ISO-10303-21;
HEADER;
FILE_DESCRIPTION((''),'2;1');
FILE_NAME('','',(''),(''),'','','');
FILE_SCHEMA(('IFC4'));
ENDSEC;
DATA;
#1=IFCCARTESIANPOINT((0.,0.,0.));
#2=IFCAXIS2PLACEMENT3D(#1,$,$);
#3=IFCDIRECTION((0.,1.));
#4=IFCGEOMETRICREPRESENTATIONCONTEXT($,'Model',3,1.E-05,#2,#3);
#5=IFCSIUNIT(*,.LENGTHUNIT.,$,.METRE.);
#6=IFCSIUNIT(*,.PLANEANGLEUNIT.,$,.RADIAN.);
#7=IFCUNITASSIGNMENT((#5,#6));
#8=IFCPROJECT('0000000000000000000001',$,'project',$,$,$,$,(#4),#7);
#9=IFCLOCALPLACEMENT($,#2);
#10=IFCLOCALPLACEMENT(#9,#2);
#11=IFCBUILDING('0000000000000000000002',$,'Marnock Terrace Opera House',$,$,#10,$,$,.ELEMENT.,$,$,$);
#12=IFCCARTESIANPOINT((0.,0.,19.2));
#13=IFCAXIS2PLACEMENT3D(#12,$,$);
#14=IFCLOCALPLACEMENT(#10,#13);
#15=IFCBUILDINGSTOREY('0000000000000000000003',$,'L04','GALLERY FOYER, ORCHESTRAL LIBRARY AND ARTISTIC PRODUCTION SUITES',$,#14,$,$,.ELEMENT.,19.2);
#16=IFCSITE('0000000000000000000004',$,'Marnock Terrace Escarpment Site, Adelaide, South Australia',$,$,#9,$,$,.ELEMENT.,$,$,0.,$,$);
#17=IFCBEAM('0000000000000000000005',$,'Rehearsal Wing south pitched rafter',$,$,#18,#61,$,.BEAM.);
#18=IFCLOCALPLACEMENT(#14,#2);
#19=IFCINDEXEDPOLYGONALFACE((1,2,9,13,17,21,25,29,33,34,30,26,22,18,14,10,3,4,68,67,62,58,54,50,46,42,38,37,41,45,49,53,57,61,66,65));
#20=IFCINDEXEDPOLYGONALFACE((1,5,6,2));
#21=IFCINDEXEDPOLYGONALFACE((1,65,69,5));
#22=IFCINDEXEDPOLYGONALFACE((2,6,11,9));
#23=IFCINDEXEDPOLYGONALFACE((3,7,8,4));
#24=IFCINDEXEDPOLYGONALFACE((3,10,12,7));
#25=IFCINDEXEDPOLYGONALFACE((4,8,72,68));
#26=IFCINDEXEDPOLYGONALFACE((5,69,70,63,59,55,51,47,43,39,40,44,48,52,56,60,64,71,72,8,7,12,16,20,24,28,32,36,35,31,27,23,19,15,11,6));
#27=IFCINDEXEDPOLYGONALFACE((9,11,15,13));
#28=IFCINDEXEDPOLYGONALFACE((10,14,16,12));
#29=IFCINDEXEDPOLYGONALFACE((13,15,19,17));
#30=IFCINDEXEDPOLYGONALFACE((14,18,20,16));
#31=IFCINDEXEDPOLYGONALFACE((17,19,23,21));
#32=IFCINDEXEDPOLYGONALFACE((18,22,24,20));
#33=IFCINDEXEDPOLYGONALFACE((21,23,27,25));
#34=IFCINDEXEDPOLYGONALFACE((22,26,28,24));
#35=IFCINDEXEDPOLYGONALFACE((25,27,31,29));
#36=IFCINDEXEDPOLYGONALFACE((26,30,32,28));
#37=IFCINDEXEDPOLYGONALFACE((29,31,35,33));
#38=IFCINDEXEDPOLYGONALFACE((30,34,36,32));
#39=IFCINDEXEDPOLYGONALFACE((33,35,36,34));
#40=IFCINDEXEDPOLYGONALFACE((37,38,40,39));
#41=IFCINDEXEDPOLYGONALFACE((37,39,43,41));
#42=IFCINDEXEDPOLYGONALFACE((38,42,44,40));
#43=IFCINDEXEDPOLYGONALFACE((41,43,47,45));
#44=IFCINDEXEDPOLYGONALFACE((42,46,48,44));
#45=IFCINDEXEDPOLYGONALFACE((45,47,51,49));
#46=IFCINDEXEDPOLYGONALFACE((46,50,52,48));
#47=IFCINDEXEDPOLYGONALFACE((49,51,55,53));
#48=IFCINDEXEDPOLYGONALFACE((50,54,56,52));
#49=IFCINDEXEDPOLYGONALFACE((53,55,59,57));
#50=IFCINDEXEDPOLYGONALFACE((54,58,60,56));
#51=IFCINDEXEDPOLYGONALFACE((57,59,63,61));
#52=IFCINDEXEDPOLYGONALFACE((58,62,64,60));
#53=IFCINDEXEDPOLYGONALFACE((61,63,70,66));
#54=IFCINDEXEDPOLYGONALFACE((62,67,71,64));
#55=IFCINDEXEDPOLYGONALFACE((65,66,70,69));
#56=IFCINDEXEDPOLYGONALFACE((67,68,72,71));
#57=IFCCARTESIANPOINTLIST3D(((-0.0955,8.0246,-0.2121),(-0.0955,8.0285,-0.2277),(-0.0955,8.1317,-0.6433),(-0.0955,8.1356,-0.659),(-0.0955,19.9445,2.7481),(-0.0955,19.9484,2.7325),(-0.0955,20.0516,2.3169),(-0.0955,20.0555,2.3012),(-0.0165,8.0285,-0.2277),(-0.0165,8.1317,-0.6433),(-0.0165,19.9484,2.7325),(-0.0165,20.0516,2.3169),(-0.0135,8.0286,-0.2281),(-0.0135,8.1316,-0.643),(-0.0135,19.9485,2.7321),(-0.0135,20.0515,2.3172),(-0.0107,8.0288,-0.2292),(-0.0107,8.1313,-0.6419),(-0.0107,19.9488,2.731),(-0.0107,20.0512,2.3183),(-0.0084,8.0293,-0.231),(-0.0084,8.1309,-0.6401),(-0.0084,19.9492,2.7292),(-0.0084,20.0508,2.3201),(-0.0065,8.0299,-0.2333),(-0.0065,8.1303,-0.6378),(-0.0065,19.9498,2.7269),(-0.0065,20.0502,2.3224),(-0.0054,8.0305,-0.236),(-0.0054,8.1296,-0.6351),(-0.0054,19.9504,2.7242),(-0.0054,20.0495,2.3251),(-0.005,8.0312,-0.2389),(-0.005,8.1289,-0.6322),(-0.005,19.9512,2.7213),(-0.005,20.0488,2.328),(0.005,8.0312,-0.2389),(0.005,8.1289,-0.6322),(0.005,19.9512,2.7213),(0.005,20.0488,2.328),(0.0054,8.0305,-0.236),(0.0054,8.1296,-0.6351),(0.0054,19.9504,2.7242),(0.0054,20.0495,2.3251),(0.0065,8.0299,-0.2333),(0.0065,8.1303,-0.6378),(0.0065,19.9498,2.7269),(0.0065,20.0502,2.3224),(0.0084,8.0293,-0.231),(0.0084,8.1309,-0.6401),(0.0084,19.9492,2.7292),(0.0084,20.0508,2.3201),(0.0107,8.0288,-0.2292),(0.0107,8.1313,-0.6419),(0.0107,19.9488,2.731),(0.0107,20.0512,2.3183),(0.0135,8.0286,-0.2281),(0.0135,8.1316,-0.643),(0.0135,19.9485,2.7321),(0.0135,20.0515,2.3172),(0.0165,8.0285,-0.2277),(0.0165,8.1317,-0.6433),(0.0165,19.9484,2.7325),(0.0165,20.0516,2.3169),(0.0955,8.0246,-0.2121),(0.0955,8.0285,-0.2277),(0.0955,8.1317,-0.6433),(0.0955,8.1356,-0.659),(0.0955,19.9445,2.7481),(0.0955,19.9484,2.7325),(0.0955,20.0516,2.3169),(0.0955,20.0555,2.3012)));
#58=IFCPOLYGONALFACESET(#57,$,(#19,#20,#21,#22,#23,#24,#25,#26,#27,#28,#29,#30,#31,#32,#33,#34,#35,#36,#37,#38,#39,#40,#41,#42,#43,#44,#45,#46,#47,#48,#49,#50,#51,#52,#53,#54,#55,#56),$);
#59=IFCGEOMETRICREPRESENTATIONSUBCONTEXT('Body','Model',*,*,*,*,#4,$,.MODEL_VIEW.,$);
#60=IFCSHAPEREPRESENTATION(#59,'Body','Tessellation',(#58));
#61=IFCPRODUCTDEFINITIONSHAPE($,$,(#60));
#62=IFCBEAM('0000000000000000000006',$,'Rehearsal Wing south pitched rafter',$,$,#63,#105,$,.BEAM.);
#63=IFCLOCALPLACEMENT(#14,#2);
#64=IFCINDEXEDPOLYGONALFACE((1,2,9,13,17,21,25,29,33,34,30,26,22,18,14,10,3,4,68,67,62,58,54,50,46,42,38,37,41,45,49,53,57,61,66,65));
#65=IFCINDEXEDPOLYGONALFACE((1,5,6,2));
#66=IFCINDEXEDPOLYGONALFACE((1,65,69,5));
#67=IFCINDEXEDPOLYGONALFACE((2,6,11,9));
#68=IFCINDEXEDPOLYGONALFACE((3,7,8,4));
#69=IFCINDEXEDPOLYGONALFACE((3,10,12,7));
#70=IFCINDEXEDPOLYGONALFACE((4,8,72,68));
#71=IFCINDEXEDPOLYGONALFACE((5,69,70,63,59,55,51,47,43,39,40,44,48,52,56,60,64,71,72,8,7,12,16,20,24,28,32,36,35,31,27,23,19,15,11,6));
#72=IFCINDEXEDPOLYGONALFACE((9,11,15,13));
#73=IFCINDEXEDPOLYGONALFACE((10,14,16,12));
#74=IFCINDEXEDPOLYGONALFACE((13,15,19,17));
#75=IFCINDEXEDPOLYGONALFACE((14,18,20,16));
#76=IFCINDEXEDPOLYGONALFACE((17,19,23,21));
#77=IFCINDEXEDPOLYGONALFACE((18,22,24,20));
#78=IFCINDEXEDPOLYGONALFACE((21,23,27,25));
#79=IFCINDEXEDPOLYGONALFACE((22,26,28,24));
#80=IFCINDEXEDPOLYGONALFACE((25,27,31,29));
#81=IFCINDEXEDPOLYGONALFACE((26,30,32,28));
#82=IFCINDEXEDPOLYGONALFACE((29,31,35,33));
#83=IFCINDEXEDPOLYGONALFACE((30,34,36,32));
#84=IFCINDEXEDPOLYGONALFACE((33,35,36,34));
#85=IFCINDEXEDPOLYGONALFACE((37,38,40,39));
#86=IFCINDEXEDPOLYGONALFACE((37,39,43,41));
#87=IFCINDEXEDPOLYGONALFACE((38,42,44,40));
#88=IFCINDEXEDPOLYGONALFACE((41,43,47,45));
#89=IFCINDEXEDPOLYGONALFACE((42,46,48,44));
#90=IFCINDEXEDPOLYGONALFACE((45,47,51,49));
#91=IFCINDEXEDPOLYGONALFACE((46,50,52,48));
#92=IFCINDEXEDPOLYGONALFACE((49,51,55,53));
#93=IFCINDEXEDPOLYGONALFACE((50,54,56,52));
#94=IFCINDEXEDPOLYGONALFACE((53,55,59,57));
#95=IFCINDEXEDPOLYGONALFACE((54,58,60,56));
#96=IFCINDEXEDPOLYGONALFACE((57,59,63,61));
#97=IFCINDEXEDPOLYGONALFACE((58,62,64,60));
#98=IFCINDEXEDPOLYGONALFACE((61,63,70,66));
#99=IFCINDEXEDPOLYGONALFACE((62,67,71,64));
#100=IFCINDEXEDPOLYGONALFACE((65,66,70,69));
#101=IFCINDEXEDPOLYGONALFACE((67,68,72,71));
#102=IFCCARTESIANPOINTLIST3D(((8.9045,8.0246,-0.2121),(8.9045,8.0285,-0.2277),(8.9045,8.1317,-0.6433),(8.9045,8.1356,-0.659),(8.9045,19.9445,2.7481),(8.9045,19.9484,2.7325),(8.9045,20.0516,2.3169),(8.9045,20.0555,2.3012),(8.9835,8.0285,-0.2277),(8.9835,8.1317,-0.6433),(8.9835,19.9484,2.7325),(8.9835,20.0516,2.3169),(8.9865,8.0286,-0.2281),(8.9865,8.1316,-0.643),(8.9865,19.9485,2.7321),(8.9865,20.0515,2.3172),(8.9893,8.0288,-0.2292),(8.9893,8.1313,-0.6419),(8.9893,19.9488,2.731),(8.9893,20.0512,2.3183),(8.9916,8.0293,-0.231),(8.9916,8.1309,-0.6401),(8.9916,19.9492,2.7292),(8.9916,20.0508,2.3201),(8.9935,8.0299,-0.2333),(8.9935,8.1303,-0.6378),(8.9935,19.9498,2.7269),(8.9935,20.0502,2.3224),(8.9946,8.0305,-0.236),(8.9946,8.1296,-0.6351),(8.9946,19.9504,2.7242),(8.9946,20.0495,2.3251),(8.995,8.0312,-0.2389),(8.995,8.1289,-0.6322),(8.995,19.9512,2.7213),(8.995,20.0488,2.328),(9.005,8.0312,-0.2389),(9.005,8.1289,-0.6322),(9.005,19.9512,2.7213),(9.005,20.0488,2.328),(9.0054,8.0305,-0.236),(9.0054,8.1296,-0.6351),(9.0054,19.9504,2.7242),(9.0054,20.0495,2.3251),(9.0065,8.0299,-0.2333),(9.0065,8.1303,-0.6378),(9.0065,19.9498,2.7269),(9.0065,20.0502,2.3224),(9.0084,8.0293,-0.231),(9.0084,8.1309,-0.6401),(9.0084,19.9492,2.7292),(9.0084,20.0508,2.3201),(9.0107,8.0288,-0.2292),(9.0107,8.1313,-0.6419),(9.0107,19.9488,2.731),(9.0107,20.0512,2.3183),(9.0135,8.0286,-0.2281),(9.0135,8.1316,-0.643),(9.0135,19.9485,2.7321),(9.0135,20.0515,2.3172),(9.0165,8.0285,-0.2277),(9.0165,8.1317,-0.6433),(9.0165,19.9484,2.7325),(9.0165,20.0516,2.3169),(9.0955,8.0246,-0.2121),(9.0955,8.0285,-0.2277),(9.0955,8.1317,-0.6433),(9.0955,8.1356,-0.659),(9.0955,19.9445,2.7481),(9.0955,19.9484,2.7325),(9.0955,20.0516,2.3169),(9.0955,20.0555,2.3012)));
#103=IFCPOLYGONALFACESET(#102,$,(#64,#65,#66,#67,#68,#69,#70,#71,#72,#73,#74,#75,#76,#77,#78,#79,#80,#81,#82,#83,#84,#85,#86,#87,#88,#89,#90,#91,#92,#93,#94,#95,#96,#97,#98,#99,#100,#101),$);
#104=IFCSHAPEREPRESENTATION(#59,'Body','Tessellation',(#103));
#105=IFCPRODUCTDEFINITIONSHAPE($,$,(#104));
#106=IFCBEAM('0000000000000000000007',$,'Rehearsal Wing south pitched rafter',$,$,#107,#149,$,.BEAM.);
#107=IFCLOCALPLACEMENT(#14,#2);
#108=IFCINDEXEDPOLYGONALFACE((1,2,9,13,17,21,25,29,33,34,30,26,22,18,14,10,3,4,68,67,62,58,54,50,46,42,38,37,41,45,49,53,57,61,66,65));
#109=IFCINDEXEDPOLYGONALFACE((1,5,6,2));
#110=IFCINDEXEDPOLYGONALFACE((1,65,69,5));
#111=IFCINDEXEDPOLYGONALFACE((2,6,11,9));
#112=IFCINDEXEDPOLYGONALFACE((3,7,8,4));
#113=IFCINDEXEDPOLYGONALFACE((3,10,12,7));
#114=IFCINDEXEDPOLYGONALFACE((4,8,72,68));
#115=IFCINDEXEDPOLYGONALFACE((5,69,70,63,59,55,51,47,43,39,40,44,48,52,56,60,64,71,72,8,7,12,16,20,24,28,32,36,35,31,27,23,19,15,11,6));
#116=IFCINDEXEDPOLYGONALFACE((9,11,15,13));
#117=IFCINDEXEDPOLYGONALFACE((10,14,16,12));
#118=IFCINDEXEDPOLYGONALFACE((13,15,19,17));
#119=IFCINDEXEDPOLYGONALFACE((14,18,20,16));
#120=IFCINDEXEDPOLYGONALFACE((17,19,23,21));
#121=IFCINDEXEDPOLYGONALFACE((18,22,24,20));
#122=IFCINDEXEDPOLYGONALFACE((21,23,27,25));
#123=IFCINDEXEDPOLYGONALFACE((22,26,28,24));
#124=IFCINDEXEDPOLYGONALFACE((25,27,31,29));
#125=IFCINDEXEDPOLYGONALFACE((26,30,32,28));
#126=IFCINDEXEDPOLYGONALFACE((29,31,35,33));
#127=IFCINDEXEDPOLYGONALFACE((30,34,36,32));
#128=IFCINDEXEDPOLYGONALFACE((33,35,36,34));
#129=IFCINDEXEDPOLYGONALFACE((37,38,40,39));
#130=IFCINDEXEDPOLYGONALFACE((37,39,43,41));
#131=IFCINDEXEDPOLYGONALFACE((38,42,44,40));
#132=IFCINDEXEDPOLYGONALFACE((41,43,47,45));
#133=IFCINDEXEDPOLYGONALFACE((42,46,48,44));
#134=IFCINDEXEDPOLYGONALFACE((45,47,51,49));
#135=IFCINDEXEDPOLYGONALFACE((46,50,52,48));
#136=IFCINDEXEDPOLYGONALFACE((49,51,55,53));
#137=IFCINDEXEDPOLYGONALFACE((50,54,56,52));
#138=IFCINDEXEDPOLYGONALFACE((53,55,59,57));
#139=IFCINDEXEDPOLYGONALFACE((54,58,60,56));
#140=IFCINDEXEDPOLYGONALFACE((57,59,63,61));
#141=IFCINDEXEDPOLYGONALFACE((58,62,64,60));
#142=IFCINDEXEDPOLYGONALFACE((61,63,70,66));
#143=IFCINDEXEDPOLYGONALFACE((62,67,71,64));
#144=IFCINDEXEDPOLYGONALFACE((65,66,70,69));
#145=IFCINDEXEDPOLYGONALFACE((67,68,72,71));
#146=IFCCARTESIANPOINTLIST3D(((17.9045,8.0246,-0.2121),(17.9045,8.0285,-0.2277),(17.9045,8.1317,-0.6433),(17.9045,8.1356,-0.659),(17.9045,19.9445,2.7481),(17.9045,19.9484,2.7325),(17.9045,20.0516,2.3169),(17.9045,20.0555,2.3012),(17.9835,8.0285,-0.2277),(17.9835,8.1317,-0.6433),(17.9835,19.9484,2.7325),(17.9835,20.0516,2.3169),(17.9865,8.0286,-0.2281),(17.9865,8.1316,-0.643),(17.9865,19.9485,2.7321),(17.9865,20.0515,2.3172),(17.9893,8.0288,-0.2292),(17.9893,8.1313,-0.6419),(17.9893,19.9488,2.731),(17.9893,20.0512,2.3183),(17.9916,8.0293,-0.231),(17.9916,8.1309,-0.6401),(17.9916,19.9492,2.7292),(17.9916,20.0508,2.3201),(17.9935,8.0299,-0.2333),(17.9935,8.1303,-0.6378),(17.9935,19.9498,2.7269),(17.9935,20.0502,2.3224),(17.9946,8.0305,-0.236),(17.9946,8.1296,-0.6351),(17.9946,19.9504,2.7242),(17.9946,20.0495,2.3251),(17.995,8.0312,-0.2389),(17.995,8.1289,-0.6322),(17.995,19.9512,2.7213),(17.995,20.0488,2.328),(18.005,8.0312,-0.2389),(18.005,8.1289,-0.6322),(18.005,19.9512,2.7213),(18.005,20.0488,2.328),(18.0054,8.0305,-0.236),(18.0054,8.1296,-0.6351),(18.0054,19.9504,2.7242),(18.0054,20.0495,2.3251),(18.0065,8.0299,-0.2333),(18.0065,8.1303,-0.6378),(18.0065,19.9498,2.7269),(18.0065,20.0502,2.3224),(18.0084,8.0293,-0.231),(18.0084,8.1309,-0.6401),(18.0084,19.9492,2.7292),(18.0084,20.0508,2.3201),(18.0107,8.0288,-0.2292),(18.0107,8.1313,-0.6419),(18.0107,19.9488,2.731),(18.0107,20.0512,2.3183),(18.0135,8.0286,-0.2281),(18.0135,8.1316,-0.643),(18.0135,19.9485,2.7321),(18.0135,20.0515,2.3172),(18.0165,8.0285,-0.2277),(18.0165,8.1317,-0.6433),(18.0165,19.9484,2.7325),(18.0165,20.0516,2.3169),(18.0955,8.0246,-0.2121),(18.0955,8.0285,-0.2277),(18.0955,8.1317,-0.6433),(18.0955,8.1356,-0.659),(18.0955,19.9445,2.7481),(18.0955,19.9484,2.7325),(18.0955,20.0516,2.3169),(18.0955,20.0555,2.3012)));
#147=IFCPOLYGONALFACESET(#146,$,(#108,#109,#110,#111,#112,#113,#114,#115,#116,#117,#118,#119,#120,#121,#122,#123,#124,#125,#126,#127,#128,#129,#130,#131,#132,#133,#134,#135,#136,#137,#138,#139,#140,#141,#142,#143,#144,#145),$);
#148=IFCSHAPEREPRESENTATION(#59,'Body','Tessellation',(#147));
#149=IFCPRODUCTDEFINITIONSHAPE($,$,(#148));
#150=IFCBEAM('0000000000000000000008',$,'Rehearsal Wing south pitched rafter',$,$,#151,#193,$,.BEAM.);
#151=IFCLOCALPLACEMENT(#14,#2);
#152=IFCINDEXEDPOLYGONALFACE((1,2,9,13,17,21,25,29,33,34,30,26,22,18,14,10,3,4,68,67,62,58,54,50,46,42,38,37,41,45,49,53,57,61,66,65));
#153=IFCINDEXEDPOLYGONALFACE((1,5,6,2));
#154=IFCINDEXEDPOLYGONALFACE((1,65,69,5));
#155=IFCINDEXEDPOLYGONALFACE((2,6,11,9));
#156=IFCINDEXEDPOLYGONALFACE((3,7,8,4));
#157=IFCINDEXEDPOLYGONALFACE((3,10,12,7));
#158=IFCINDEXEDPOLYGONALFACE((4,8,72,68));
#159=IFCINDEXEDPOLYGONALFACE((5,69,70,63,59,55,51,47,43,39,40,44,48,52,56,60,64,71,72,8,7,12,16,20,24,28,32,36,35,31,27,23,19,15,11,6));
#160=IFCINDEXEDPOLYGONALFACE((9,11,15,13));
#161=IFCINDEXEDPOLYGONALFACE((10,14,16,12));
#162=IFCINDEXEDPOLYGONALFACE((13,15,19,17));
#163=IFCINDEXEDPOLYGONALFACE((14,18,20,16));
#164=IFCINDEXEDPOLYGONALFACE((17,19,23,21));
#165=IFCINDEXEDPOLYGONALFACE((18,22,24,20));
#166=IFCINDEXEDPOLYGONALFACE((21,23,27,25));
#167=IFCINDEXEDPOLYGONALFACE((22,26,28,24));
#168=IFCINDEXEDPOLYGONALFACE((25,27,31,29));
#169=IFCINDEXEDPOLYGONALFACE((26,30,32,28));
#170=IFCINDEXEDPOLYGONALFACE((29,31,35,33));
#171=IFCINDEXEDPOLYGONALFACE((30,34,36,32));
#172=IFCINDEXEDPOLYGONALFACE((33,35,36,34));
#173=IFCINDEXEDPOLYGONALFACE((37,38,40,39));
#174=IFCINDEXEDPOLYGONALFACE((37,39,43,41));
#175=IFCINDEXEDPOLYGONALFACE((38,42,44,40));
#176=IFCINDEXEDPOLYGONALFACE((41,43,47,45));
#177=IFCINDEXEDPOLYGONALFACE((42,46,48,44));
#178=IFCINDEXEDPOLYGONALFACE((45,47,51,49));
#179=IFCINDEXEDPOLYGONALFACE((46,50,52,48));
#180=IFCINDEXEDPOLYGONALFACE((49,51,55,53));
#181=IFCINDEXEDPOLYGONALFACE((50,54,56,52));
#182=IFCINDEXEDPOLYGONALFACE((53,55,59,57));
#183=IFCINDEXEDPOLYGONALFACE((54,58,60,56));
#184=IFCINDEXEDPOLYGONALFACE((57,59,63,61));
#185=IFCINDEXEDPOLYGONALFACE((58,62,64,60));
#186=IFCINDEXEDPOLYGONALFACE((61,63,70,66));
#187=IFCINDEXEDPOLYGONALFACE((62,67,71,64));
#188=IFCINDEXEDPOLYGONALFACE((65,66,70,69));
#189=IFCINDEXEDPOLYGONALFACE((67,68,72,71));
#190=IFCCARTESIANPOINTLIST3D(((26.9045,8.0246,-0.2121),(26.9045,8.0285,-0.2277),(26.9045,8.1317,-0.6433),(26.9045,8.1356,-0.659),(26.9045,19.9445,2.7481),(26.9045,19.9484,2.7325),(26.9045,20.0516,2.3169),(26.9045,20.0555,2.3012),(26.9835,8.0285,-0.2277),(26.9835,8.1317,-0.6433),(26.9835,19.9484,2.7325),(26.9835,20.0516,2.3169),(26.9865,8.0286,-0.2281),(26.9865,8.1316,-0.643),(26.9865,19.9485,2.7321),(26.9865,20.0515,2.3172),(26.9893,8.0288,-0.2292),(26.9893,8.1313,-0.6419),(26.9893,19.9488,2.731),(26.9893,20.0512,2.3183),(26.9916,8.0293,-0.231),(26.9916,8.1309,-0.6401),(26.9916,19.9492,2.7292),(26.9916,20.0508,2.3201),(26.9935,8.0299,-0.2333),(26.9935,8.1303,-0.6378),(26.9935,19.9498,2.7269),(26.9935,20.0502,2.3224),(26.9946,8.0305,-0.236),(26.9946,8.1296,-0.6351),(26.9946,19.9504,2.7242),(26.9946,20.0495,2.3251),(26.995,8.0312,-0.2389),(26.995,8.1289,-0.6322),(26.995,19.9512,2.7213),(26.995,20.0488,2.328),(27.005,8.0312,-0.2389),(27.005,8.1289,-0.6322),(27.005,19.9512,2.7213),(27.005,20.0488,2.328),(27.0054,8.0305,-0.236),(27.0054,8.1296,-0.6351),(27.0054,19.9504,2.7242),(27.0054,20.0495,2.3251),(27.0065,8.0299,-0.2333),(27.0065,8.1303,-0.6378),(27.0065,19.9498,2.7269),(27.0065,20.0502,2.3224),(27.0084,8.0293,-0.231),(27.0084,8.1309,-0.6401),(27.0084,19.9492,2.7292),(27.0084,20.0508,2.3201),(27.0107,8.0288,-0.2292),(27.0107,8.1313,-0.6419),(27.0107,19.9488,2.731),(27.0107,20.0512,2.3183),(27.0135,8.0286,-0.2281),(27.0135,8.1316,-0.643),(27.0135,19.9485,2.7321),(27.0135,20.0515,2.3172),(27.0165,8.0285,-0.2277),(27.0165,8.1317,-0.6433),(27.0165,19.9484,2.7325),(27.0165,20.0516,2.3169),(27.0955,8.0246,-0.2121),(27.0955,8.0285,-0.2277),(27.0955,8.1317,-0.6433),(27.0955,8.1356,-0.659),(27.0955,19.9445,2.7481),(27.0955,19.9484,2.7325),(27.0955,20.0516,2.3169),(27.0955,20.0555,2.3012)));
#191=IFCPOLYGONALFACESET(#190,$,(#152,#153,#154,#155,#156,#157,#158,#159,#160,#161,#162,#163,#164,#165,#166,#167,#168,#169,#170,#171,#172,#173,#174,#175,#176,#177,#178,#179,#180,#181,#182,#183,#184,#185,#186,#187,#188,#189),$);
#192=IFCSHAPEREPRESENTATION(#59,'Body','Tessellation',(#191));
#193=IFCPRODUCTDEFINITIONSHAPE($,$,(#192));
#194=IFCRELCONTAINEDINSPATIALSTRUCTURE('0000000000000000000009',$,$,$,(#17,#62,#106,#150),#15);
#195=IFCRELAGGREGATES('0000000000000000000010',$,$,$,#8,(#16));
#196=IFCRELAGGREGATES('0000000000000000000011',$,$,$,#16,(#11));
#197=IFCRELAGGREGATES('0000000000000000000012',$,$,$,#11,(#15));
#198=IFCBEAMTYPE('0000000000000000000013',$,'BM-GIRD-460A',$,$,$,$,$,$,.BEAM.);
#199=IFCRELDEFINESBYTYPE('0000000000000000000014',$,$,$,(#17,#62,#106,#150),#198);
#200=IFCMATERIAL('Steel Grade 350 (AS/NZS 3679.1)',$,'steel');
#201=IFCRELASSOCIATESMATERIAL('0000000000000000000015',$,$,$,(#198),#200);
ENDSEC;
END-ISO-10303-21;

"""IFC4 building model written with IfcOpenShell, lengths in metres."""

from ifc_helpers import new_model, si_unit, direction, frame, origin, origin_2d, place, context, subcontext, project, spatial, i_section, extrude, material, material_profile, profile_set, type_object, element, save


model = new_model("IFC4")

# Units and contexts
model_context = context("Model", 3, precision=1e-05, world=origin(), true_north=direction((0.0, 1.0)))
body_context = subcontext(model_context, "Body", "Model", "MODEL_VIEW")
ifc_project = project(units=[si_unit("LENGTHUNIT", "METRE"), si_unit("PLANEANGLEUNIT", "RADIAN")], contexts=[model_context])

# Site, building, storey
site_placement = place(None, origin())
site = spatial("IfcSite", under=ifc_project, at=site_placement, Name="Marnock Terrace Escarpment Site, Adelaide, South Australia", CompositionType="ELEMENT", RefElevation=0.0)
building_placement = place(site_placement, origin())
building = spatial("IfcBuilding", under=site, at=building_placement, Name="Marnock Terrace Opera House", CompositionType="ELEMENT")
storey_placement = place(building_placement, frame((0.0, 0.0, 19.2)))
storey = spatial("IfcBuildingStorey", under=building, at=storey_placement, Name="L04", Description="GALLERY FOYER, ORCHESTRAL LIBRARY AND ARTISTIC PRODUCTION SUITES", CompositionType="ELEMENT", Elevation=19.2)

# Beams
ifc_material_1 = material(Name="Steel Grade 350 (AS/NZS 3679.1)", Category="steel")
ifc_material_profile_1 = material_profile(ifc_material_1, i_section(OverallWidth=0.1909, OverallDepth=0.4604, WebThickness=0.01, FlangeThickness=0.0161, FilletRadius=0.0115, at=origin_2d()))
ifc_profile_set_1 = profile_set([ifc_material_profile_1], Name="Steel Grade 350 (AS/NZS 3679.1)")
beam_type = type_object("IfcBeamType", Name="BM-GIRD-460A", PredefinedType="BEAM", material=ifc_profile_set_1)
for number, where, z_axis, x_axis, name in (
    (1, (0.0, 8.0801, -0.4355), (0.0, 0.97052, 0.24102), (-1.0, 0.0, 0.0), "Rehearsal Wing south pitched rafter"),
    (2, (9.0, 8.0801, -0.4355), (0.0, 0.97052, 0.24102), (-1.0, 0.0, 0.0), "Rehearsal Wing south pitched rafter"),
    (3, (18.0, 8.0801, -0.4355), (0.0, 0.97052, 0.24102), (-1.0, 0.0, 0.0), "Rehearsal Wing south pitched rafter"),
    (4, (27.0, 8.0801, -0.4355), (0.0, 0.97052, 0.24102), (-1.0, 0.0, 0.0), "Rehearsal Wing south pitched rafter"),
):
    element("IfcBeam", number, at=place(storey_placement, frame(where, z_axis=z_axis, x_axis=x_axis)), inside=storey, type_object=beam_type, Name=name, PredefinedType="BEAM", context=body_context, shape_type="SweptSolid", body=[
        extrude(i_section(OverallWidth=0.1909, OverallDepth=0.4604, WebThickness=0.01, FlangeThickness=0.0161, FilletRadius=0.0115, at=origin_2d()), origin(), (0.0, 0.0, 1.0), 12.282),
    ])

save(model, "model.ifc")
